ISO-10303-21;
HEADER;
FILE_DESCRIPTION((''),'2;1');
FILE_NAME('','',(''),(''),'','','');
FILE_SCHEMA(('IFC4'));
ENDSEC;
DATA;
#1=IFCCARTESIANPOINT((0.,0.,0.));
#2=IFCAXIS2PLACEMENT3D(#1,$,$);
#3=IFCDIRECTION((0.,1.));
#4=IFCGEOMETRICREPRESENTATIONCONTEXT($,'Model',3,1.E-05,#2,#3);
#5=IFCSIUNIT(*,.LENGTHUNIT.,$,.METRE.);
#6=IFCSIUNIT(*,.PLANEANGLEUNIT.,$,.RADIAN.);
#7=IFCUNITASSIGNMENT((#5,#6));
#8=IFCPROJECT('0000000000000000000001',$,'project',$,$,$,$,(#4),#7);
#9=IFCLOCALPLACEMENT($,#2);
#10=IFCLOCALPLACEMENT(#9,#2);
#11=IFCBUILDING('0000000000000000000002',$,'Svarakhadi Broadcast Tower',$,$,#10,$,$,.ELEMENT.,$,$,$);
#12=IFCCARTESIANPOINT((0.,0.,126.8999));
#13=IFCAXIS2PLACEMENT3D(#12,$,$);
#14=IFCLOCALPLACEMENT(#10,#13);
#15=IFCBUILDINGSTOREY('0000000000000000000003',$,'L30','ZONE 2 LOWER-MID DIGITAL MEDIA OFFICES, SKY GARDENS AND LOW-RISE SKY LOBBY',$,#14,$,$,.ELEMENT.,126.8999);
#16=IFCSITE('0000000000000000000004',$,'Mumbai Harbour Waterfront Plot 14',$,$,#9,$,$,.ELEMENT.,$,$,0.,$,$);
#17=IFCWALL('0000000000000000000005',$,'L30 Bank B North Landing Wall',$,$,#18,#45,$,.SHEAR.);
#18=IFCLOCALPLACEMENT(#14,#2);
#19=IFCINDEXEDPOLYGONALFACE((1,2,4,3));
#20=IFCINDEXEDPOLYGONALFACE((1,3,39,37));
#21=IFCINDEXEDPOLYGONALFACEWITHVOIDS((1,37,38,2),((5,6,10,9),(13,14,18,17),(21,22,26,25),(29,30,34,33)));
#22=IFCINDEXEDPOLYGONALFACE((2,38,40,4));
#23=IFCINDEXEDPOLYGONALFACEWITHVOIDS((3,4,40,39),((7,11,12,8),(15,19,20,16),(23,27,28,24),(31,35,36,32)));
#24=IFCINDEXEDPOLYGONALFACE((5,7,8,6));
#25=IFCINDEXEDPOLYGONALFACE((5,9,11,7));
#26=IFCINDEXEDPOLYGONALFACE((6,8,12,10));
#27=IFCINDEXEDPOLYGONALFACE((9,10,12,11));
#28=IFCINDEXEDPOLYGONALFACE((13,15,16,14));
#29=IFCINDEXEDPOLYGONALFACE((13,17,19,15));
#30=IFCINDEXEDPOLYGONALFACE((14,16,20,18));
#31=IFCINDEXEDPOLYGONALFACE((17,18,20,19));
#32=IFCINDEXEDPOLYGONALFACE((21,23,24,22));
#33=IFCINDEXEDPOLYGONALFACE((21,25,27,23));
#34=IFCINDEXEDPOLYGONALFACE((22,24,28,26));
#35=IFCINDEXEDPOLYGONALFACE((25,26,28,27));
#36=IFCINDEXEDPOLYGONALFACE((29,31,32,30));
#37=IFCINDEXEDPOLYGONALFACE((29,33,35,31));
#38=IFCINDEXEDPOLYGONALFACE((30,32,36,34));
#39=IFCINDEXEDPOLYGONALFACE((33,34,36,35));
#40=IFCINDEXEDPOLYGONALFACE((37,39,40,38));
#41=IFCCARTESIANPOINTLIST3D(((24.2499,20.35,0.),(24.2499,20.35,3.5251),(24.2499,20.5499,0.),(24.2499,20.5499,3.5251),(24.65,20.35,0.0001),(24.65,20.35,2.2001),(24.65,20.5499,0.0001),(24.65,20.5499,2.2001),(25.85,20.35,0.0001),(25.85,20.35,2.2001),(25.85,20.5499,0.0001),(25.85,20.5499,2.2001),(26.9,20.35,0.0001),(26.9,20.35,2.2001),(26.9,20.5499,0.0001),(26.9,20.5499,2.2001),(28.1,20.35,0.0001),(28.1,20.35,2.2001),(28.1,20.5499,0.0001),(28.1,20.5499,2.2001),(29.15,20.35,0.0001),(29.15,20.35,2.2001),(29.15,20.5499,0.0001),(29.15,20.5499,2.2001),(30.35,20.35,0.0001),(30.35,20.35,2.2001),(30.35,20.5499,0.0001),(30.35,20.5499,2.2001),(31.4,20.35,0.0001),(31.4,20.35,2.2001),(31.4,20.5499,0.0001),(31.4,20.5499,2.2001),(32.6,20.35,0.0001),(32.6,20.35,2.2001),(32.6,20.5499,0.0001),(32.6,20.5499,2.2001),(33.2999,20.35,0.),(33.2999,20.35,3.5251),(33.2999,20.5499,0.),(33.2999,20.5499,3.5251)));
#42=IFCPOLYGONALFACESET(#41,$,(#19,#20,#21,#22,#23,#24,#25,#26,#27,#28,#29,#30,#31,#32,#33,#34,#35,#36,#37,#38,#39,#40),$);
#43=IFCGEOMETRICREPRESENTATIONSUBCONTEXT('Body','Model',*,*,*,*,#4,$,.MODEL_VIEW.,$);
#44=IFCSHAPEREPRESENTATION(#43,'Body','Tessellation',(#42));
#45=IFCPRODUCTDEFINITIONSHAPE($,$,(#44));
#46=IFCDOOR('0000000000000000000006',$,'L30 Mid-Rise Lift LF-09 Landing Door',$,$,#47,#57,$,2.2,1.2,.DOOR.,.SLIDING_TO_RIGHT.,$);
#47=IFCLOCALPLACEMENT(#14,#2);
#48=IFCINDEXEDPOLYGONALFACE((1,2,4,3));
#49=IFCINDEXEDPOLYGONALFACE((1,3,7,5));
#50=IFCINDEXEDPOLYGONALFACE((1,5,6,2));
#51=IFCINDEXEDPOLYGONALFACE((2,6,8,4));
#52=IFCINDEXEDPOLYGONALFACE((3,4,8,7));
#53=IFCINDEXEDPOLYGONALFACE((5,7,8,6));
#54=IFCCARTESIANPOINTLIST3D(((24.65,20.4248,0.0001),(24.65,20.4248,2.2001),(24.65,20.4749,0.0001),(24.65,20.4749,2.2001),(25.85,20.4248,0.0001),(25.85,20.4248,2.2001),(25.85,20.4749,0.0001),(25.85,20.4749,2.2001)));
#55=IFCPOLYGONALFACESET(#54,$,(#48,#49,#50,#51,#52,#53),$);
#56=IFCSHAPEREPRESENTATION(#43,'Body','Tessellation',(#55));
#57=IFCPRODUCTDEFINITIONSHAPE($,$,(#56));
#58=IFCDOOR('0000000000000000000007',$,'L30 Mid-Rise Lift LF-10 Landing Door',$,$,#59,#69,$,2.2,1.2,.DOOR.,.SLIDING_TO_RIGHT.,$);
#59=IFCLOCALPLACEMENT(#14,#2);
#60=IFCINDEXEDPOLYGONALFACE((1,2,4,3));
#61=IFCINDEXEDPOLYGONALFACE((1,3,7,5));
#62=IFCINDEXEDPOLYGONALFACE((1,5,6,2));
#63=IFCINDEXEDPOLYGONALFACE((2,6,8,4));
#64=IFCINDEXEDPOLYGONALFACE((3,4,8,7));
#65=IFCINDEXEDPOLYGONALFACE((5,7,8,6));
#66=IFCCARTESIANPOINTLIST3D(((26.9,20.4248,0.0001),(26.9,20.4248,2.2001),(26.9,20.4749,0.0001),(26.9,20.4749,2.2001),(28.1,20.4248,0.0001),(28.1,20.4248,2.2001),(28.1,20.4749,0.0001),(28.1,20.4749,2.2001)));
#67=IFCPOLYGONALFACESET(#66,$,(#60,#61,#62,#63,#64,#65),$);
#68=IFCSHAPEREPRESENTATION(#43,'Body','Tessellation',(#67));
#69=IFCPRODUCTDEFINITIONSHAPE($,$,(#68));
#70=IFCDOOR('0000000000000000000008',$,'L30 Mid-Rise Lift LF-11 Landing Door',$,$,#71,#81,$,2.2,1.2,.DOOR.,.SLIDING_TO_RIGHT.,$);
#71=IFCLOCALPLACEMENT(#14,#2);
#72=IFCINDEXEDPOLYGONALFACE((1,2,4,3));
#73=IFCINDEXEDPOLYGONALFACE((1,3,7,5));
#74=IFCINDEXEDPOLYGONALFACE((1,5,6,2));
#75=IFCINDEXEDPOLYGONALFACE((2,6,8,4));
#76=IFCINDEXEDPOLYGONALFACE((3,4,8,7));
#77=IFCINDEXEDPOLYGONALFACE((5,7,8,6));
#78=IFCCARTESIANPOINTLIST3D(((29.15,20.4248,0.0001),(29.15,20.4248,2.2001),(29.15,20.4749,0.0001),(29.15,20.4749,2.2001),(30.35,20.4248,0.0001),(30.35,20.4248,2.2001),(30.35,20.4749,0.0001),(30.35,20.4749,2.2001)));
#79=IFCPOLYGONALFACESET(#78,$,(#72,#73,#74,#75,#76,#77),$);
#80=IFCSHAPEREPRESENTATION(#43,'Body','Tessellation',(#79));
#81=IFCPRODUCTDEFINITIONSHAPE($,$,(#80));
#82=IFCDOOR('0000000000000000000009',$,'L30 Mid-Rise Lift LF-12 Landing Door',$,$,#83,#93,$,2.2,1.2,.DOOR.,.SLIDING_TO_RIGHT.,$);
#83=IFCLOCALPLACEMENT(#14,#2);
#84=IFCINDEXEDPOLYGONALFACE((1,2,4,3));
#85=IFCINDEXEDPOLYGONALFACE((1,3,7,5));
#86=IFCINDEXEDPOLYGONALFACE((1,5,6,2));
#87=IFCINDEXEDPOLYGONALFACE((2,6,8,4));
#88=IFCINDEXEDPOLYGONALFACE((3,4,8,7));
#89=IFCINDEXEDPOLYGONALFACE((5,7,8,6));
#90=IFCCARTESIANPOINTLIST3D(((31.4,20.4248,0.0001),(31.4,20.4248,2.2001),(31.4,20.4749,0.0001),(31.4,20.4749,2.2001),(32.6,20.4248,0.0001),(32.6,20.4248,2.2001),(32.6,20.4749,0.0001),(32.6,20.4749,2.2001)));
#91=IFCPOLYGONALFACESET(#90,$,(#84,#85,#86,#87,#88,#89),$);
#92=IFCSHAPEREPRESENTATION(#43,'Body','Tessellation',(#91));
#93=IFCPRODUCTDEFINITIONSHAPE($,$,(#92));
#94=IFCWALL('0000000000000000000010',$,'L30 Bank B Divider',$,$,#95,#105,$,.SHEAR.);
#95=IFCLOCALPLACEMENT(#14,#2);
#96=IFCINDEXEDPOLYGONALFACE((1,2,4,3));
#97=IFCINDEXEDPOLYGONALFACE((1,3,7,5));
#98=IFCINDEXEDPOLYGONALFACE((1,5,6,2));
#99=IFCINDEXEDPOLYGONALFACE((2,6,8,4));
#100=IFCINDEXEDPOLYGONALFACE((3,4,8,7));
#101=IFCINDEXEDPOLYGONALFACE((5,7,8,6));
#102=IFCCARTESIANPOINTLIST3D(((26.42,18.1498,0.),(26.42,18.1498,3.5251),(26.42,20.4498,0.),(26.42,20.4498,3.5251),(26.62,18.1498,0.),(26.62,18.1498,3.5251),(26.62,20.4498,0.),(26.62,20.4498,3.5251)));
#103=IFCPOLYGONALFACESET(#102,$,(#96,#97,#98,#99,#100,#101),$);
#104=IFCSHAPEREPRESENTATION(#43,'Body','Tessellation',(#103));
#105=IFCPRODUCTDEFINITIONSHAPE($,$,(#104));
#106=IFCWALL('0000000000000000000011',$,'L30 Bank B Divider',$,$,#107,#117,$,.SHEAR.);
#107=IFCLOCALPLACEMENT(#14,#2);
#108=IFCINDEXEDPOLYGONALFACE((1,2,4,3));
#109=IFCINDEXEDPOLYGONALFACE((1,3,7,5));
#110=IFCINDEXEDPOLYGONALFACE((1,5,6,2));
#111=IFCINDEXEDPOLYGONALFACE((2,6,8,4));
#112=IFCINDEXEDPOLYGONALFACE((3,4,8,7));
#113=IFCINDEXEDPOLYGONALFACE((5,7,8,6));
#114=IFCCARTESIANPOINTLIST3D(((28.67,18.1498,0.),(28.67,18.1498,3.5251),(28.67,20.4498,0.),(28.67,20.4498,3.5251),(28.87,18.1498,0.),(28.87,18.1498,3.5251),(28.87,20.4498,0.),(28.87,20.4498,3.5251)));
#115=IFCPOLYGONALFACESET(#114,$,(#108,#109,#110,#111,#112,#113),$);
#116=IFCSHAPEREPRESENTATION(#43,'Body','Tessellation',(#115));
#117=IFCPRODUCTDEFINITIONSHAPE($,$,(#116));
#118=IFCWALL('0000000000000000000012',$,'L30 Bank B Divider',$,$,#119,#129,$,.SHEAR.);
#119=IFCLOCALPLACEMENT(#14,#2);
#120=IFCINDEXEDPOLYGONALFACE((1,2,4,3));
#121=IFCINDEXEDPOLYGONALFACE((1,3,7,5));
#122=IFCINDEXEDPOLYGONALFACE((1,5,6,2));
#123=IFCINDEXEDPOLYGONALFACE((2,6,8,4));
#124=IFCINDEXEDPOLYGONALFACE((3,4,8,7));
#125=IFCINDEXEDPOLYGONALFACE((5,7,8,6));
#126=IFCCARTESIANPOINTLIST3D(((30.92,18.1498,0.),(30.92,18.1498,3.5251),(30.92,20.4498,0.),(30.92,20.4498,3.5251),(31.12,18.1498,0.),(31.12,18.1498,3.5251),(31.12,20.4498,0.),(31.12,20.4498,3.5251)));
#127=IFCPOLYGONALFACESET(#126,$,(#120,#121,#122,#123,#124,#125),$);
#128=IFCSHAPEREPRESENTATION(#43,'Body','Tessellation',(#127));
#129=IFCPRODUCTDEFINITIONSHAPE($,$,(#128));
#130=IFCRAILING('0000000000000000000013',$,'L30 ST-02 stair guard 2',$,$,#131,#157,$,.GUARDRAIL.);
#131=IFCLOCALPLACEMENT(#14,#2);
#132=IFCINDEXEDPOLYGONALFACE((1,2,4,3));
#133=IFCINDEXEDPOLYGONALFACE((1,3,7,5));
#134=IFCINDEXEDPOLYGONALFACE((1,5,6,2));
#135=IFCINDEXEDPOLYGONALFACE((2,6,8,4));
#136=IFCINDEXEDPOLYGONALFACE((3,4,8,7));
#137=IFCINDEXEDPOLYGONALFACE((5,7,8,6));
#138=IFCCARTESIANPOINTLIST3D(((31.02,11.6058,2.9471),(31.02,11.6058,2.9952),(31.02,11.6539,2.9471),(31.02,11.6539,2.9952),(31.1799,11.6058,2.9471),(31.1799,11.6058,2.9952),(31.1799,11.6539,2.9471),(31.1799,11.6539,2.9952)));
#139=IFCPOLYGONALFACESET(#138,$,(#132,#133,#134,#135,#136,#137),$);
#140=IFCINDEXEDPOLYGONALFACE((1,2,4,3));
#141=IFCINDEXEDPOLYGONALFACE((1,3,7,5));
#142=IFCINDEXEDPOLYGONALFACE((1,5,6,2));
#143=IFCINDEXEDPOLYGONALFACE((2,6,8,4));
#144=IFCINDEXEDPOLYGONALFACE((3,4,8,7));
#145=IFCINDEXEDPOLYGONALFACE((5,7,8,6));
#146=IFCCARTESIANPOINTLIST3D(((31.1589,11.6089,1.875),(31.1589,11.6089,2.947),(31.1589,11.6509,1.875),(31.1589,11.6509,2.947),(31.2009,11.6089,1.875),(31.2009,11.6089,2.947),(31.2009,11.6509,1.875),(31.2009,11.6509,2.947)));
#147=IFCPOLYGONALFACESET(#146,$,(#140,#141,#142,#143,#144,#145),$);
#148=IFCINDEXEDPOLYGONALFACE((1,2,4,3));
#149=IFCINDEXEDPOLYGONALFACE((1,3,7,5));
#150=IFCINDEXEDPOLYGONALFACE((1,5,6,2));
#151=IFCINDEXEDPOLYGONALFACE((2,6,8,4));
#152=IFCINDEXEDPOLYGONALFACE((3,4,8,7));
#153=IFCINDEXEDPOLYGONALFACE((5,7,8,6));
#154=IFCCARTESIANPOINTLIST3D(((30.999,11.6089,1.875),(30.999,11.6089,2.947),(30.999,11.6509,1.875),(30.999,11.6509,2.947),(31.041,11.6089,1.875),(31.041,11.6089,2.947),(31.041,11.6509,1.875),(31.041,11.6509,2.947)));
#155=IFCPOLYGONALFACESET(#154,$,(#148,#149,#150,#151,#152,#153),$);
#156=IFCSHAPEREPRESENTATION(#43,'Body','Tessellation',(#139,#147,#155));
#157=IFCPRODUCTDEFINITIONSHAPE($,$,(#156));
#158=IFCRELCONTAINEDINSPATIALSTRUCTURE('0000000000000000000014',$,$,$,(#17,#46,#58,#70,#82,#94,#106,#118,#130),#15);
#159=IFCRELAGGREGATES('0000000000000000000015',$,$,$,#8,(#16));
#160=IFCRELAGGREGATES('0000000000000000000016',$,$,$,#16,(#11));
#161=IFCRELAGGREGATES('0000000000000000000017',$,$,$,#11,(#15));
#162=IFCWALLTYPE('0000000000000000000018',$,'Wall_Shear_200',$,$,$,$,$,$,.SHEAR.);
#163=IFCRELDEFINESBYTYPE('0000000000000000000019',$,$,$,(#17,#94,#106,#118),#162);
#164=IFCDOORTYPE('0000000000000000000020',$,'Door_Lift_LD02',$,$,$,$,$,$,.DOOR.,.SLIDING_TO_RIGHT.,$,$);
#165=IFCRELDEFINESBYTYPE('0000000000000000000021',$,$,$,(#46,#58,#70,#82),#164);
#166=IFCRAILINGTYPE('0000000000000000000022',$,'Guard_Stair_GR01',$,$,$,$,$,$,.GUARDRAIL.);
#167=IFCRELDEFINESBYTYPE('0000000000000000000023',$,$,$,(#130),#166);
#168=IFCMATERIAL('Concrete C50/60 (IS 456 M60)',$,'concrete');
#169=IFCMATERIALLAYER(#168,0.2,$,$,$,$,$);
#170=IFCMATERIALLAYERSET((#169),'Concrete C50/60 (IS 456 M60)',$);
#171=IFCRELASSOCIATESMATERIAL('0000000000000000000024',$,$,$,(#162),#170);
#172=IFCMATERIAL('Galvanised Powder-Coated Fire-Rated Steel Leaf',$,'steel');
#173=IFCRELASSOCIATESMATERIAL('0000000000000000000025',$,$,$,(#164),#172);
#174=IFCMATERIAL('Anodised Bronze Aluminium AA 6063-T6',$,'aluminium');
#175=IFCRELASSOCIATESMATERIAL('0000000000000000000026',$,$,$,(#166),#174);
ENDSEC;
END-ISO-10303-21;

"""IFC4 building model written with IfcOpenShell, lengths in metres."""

from ifc_helpers import new_model, si_unit, direction, frame, frame_2d, origin, origin_2d, place, context, subcontext, project, spatial, rectangle, extrude, material, layer, layer_set, type_object, element, fill, save


model = new_model("IFC4")

# Units and contexts
model_context = context("Model", 3, precision=1e-05, world=origin(), true_north=direction((0.0, 1.0)))
body_context = subcontext(model_context, "Body", "Model", "MODEL_VIEW")
ifc_project = project(units=[si_unit("LENGTHUNIT", "METRE"), si_unit("PLANEANGLEUNIT", "RADIAN")], contexts=[model_context])

# Site, building, storey
site_placement = place(None, origin())
site = spatial("IfcSite", under=ifc_project, at=site_placement, Name="Mumbai Harbour Waterfront Plot 14", CompositionType="ELEMENT", RefElevation=0.0)
building_placement = place(site_placement, origin())
building = spatial("IfcBuilding", under=site, at=building_placement, Name="Svarakhadi Broadcast Tower", CompositionType="ELEMENT")
storey_placement = place(building_placement, frame((0.0, 0.0, 126.8999)))
storey = spatial("IfcBuildingStorey", under=building, at=storey_placement, Name="L30", Description="ZONE 2 LOWER-MID DIGITAL MEDIA OFFICES, SKY GARDENS AND LOW-RISE SKY LOBBY", CompositionType="ELEMENT", Elevation=126.8999)

# Shared definitions
ifc_material_1 = material(Name="Concrete C50/60 (IS 456 M60)", Category="concrete")

# Shared definitions
ifc_layer_1 = layer(ifc_material_1, 0.2)
ifc_layer_set_1 = layer_set([ifc_layer_1], Name="Concrete C50/60 (IS 456 M60)")
wall_type_1 = type_object("IfcWallType", Name="Wall_Shear_200", PredefinedType="SHEAR", material=ifc_layer_set_1)

# Shared definitions
ifc_material_2 = material(Name="Galvanised Powder-Coated Fire-Rated Steel Leaf", Category="steel")

# Wall, openings, doors
wall_1_placement = place(storey_placement, frame((24.25, 20.45, 0.0), z_axis=(0.0, 0.0, 1.0), x_axis=(1.0, 0.0, 0.0)))
wall_1 = element("IfcWall", 1, at=wall_1_placement, inside=storey, type_object=wall_type_1, Name="L30 Bank B North Landing Wall", PredefinedType="SHEAR", context=body_context, shape_type="SweptSolid", body=[
    extrude(rectangle(XDim=9.05, YDim=0.2, at=frame_2d((4.5249, 0.0))), origin(), (0.0, 0.0, 1.0), 3.5251),
])
opening_1_placement = place(wall_1_placement, frame((0.3999, 0.0, 0.0)))
opening_1 = element("IfcOpeningElement", 2, at=opening_1_placement, cuts=wall_1, PredefinedType="OPENING", context=body_context, shape_type="SweptSolid", body=[
    extrude(rectangle(XDim=1.2, YDim=2.2, at=frame_2d((0.6001, 1.1001))), frame((0.0, 0.1099, 0.0), z_axis=(0.0, -1.0, 0.0), x_axis=(1.0, 0.0, 0.0)), (0.0, 0.0, 1.0), 0.22),
])
opening_2_placement = place(wall_1_placement, frame((2.6499, 0.0, 0.0)))
opening_2 = element("IfcOpeningElement", 3, at=opening_2_placement, cuts=wall_1, PredefinedType="OPENING", context=body_context, shape_type="SweptSolid", body=[
    extrude(rectangle(XDim=1.2, YDim=2.2, at=frame_2d((0.6001, 1.1001))), frame((0.0, 0.1099, 0.0), z_axis=(0.0, -1.0, 0.0), x_axis=(1.0, 0.0, 0.0)), (0.0, 0.0, 1.0), 0.22),
])
opening_3_placement = place(wall_1_placement, frame((4.8999, 0.0, 0.0)))
opening_3 = element("IfcOpeningElement", 4, at=opening_3_placement, cuts=wall_1, PredefinedType="OPENING", context=body_context, shape_type="SweptSolid", body=[
    extrude(rectangle(XDim=1.2, YDim=2.2, at=frame_2d((0.6001, 1.1001))), frame((0.0, 0.1099, 0.0), z_axis=(0.0, -1.0, 0.0), x_axis=(1.0, 0.0, 0.0)), (0.0, 0.0, 1.0), 0.22),
])
opening_4_placement = place(wall_1_placement, frame((7.1499, 0.0, 0.0)))
opening_4 = element("IfcOpeningElement", 5, at=opening_4_placement, cuts=wall_1, PredefinedType="OPENING", context=body_context, shape_type="SweptSolid", body=[
    extrude(rectangle(XDim=1.2, YDim=2.2, at=frame_2d((0.6001, 1.1001))), frame((0.0, 0.1099, 0.0), z_axis=(0.0, -1.0, 0.0), x_axis=(1.0, 0.0, 0.0)), (0.0, 0.0, 1.0), 0.22),
])
door_type_1 = type_object("IfcDoorType", Name="Door_Lift_LD02", OperationType="SLIDING_TO_RIGHT", PredefinedType="DOOR", material=ifc_material_2)
door_1_placement = place(opening_1_placement, origin())
door_1 = element("IfcDoor", 6, at=door_1_placement, inside=storey, type_object=door_type_1, Name="L30 Mid-Rise Lift LF-09 Landing Door", OperationType="SLIDING_TO_RIGHT", OverallHeight=2.2, OverallWidth=1.2, PredefinedType="DOOR", context=body_context, shape_type="SweptSolid", body=[
    extrude(rectangle(XDim=1.2, YDim=2.2, at=frame_2d((0.6001, 1.1001))), frame((0.0, 0.0249, 0.0), z_axis=(0.0, -1.0, 0.0), x_axis=(1.0, 0.0, 0.0)), (0.0, 0.0, 1.0), 0.05),
])
fill(opening_1, door_1)
door_2_placement = place(opening_2_placement, origin())
door_2 = element("IfcDoor", 7, at=door_2_placement, inside=storey, type_object=door_type_1, Name="L30 Mid-Rise Lift LF-10 Landing Door", OperationType="SLIDING_TO_RIGHT", OverallHeight=2.2, OverallWidth=1.2, PredefinedType="DOOR", context=body_context, shape_type="SweptSolid", body=[
    extrude(rectangle(XDim=1.2, YDim=2.2, at=frame_2d((0.6001, 1.1001))), frame((0.0, 0.0249, 0.0), z_axis=(0.0, -1.0, 0.0), x_axis=(1.0, 0.0, 0.0)), (0.0, 0.0, 1.0), 0.05),
])
fill(opening_2, door_2)
door_3_placement = place(opening_3_placement, origin())
door_3 = element("IfcDoor", 8, at=door_3_placement, inside=storey, type_object=door_type_1, Name="L30 Mid-Rise Lift LF-11 Landing Door", OperationType="SLIDING_TO_RIGHT", OverallHeight=2.2, OverallWidth=1.2, PredefinedType="DOOR", context=body_context, shape_type="SweptSolid", body=[
    extrude(rectangle(XDim=1.2, YDim=2.2, at=frame_2d((0.6001, 1.1001))), frame((0.0, 0.0249, 0.0), z_axis=(0.0, -1.0, 0.0), x_axis=(1.0, 0.0, 0.0)), (0.0, 0.0, 1.0), 0.05),
])
fill(opening_3, door_3)
door_4_placement = place(opening_4_placement, origin())
door_4 = element("IfcDoor", 9, at=door_4_placement, inside=storey, type_object=door_type_1, Name="L30 Mid-Rise Lift LF-12 Landing Door", OperationType="SLIDING_TO_RIGHT", OverallHeight=2.2, OverallWidth=1.2, PredefinedType="DOOR", context=body_context, shape_type="SweptSolid", body=[
    extrude(rectangle(XDim=1.2, YDim=2.2, at=frame_2d((0.6001, 1.1001))), frame((0.0, 0.0249, 0.0), z_axis=(0.0, -1.0, 0.0), x_axis=(1.0, 0.0, 0.0)), (0.0, 0.0, 1.0), 0.05),
])
fill(opening_4, door_4)

# Walls
for number, where, z_axis, x_axis, name in (
    (10, (26.52, 18.1499, 0.0), (0.0, 0.0, 1.0), (0.0, 1.0, 0.0), "L30 Bank B Divider"),
    (11, (28.77, 18.1499, 0.0), (0.0, 0.0, 1.0), (0.0, 1.0, 0.0), "L30 Bank B Divider"),
    (12, (31.02, 18.1499, 0.0), (0.0, 0.0, 1.0), (0.0, 1.0, 0.0), "L30 Bank B Divider"),
):
    element("IfcWall", number, at=place(storey_placement, frame(where, z_axis=z_axis, x_axis=x_axis)), inside=storey, type_object=wall_type_1, Name=name, PredefinedType="SHEAR", context=body_context, shape_type="SweptSolid", body=[
        extrude(rectangle(XDim=2.3, YDim=0.2, at=frame_2d((1.1499, 0.0))), origin(), (0.0, 0.0, 1.0), 3.5251),
    ])

# Railing
ifc_material_3 = material(Name="Anodised Bronze Aluminium AA 6063-T6", Category="aluminium")
railing_type = type_object("IfcRailingType", Name="Guard_Stair_GR01", PredefinedType="GUARDRAIL", material=ifc_material_3)
railing_placement = place(storey_placement, frame((31.1799, 11.6299, 1.875)))
element("IfcRailing", 13, at=railing_placement, inside=storey, type_object=railing_type, Name="L30 ST-02 stair guard 2", PredefinedType="GUARDRAIL", context=body_context, shape_type="SweptSolid", body=[
    extrude(rectangle(XDim=0.0481, YDim=0.0481, at=origin_2d()), frame((0.0, 0.0, 1.0962), z_axis=(-1.0, 0.0, 0.0), x_axis=(0.0, -1.0, 0.0)), (0.0, 0.0, 1.0), 0.1599),
    extrude(rectangle(XDim=0.042, YDim=0.042, at=origin_2d()), origin(), (0.0, 0.0, 1.0), 1.072),
    extrude(rectangle(XDim=0.042, YDim=0.042, at=origin_2d()), frame((-0.1599, 0.0, 0.0)), (0.0, 0.0, 1.0), 1.072),
])

save(model, "model.ifc")
